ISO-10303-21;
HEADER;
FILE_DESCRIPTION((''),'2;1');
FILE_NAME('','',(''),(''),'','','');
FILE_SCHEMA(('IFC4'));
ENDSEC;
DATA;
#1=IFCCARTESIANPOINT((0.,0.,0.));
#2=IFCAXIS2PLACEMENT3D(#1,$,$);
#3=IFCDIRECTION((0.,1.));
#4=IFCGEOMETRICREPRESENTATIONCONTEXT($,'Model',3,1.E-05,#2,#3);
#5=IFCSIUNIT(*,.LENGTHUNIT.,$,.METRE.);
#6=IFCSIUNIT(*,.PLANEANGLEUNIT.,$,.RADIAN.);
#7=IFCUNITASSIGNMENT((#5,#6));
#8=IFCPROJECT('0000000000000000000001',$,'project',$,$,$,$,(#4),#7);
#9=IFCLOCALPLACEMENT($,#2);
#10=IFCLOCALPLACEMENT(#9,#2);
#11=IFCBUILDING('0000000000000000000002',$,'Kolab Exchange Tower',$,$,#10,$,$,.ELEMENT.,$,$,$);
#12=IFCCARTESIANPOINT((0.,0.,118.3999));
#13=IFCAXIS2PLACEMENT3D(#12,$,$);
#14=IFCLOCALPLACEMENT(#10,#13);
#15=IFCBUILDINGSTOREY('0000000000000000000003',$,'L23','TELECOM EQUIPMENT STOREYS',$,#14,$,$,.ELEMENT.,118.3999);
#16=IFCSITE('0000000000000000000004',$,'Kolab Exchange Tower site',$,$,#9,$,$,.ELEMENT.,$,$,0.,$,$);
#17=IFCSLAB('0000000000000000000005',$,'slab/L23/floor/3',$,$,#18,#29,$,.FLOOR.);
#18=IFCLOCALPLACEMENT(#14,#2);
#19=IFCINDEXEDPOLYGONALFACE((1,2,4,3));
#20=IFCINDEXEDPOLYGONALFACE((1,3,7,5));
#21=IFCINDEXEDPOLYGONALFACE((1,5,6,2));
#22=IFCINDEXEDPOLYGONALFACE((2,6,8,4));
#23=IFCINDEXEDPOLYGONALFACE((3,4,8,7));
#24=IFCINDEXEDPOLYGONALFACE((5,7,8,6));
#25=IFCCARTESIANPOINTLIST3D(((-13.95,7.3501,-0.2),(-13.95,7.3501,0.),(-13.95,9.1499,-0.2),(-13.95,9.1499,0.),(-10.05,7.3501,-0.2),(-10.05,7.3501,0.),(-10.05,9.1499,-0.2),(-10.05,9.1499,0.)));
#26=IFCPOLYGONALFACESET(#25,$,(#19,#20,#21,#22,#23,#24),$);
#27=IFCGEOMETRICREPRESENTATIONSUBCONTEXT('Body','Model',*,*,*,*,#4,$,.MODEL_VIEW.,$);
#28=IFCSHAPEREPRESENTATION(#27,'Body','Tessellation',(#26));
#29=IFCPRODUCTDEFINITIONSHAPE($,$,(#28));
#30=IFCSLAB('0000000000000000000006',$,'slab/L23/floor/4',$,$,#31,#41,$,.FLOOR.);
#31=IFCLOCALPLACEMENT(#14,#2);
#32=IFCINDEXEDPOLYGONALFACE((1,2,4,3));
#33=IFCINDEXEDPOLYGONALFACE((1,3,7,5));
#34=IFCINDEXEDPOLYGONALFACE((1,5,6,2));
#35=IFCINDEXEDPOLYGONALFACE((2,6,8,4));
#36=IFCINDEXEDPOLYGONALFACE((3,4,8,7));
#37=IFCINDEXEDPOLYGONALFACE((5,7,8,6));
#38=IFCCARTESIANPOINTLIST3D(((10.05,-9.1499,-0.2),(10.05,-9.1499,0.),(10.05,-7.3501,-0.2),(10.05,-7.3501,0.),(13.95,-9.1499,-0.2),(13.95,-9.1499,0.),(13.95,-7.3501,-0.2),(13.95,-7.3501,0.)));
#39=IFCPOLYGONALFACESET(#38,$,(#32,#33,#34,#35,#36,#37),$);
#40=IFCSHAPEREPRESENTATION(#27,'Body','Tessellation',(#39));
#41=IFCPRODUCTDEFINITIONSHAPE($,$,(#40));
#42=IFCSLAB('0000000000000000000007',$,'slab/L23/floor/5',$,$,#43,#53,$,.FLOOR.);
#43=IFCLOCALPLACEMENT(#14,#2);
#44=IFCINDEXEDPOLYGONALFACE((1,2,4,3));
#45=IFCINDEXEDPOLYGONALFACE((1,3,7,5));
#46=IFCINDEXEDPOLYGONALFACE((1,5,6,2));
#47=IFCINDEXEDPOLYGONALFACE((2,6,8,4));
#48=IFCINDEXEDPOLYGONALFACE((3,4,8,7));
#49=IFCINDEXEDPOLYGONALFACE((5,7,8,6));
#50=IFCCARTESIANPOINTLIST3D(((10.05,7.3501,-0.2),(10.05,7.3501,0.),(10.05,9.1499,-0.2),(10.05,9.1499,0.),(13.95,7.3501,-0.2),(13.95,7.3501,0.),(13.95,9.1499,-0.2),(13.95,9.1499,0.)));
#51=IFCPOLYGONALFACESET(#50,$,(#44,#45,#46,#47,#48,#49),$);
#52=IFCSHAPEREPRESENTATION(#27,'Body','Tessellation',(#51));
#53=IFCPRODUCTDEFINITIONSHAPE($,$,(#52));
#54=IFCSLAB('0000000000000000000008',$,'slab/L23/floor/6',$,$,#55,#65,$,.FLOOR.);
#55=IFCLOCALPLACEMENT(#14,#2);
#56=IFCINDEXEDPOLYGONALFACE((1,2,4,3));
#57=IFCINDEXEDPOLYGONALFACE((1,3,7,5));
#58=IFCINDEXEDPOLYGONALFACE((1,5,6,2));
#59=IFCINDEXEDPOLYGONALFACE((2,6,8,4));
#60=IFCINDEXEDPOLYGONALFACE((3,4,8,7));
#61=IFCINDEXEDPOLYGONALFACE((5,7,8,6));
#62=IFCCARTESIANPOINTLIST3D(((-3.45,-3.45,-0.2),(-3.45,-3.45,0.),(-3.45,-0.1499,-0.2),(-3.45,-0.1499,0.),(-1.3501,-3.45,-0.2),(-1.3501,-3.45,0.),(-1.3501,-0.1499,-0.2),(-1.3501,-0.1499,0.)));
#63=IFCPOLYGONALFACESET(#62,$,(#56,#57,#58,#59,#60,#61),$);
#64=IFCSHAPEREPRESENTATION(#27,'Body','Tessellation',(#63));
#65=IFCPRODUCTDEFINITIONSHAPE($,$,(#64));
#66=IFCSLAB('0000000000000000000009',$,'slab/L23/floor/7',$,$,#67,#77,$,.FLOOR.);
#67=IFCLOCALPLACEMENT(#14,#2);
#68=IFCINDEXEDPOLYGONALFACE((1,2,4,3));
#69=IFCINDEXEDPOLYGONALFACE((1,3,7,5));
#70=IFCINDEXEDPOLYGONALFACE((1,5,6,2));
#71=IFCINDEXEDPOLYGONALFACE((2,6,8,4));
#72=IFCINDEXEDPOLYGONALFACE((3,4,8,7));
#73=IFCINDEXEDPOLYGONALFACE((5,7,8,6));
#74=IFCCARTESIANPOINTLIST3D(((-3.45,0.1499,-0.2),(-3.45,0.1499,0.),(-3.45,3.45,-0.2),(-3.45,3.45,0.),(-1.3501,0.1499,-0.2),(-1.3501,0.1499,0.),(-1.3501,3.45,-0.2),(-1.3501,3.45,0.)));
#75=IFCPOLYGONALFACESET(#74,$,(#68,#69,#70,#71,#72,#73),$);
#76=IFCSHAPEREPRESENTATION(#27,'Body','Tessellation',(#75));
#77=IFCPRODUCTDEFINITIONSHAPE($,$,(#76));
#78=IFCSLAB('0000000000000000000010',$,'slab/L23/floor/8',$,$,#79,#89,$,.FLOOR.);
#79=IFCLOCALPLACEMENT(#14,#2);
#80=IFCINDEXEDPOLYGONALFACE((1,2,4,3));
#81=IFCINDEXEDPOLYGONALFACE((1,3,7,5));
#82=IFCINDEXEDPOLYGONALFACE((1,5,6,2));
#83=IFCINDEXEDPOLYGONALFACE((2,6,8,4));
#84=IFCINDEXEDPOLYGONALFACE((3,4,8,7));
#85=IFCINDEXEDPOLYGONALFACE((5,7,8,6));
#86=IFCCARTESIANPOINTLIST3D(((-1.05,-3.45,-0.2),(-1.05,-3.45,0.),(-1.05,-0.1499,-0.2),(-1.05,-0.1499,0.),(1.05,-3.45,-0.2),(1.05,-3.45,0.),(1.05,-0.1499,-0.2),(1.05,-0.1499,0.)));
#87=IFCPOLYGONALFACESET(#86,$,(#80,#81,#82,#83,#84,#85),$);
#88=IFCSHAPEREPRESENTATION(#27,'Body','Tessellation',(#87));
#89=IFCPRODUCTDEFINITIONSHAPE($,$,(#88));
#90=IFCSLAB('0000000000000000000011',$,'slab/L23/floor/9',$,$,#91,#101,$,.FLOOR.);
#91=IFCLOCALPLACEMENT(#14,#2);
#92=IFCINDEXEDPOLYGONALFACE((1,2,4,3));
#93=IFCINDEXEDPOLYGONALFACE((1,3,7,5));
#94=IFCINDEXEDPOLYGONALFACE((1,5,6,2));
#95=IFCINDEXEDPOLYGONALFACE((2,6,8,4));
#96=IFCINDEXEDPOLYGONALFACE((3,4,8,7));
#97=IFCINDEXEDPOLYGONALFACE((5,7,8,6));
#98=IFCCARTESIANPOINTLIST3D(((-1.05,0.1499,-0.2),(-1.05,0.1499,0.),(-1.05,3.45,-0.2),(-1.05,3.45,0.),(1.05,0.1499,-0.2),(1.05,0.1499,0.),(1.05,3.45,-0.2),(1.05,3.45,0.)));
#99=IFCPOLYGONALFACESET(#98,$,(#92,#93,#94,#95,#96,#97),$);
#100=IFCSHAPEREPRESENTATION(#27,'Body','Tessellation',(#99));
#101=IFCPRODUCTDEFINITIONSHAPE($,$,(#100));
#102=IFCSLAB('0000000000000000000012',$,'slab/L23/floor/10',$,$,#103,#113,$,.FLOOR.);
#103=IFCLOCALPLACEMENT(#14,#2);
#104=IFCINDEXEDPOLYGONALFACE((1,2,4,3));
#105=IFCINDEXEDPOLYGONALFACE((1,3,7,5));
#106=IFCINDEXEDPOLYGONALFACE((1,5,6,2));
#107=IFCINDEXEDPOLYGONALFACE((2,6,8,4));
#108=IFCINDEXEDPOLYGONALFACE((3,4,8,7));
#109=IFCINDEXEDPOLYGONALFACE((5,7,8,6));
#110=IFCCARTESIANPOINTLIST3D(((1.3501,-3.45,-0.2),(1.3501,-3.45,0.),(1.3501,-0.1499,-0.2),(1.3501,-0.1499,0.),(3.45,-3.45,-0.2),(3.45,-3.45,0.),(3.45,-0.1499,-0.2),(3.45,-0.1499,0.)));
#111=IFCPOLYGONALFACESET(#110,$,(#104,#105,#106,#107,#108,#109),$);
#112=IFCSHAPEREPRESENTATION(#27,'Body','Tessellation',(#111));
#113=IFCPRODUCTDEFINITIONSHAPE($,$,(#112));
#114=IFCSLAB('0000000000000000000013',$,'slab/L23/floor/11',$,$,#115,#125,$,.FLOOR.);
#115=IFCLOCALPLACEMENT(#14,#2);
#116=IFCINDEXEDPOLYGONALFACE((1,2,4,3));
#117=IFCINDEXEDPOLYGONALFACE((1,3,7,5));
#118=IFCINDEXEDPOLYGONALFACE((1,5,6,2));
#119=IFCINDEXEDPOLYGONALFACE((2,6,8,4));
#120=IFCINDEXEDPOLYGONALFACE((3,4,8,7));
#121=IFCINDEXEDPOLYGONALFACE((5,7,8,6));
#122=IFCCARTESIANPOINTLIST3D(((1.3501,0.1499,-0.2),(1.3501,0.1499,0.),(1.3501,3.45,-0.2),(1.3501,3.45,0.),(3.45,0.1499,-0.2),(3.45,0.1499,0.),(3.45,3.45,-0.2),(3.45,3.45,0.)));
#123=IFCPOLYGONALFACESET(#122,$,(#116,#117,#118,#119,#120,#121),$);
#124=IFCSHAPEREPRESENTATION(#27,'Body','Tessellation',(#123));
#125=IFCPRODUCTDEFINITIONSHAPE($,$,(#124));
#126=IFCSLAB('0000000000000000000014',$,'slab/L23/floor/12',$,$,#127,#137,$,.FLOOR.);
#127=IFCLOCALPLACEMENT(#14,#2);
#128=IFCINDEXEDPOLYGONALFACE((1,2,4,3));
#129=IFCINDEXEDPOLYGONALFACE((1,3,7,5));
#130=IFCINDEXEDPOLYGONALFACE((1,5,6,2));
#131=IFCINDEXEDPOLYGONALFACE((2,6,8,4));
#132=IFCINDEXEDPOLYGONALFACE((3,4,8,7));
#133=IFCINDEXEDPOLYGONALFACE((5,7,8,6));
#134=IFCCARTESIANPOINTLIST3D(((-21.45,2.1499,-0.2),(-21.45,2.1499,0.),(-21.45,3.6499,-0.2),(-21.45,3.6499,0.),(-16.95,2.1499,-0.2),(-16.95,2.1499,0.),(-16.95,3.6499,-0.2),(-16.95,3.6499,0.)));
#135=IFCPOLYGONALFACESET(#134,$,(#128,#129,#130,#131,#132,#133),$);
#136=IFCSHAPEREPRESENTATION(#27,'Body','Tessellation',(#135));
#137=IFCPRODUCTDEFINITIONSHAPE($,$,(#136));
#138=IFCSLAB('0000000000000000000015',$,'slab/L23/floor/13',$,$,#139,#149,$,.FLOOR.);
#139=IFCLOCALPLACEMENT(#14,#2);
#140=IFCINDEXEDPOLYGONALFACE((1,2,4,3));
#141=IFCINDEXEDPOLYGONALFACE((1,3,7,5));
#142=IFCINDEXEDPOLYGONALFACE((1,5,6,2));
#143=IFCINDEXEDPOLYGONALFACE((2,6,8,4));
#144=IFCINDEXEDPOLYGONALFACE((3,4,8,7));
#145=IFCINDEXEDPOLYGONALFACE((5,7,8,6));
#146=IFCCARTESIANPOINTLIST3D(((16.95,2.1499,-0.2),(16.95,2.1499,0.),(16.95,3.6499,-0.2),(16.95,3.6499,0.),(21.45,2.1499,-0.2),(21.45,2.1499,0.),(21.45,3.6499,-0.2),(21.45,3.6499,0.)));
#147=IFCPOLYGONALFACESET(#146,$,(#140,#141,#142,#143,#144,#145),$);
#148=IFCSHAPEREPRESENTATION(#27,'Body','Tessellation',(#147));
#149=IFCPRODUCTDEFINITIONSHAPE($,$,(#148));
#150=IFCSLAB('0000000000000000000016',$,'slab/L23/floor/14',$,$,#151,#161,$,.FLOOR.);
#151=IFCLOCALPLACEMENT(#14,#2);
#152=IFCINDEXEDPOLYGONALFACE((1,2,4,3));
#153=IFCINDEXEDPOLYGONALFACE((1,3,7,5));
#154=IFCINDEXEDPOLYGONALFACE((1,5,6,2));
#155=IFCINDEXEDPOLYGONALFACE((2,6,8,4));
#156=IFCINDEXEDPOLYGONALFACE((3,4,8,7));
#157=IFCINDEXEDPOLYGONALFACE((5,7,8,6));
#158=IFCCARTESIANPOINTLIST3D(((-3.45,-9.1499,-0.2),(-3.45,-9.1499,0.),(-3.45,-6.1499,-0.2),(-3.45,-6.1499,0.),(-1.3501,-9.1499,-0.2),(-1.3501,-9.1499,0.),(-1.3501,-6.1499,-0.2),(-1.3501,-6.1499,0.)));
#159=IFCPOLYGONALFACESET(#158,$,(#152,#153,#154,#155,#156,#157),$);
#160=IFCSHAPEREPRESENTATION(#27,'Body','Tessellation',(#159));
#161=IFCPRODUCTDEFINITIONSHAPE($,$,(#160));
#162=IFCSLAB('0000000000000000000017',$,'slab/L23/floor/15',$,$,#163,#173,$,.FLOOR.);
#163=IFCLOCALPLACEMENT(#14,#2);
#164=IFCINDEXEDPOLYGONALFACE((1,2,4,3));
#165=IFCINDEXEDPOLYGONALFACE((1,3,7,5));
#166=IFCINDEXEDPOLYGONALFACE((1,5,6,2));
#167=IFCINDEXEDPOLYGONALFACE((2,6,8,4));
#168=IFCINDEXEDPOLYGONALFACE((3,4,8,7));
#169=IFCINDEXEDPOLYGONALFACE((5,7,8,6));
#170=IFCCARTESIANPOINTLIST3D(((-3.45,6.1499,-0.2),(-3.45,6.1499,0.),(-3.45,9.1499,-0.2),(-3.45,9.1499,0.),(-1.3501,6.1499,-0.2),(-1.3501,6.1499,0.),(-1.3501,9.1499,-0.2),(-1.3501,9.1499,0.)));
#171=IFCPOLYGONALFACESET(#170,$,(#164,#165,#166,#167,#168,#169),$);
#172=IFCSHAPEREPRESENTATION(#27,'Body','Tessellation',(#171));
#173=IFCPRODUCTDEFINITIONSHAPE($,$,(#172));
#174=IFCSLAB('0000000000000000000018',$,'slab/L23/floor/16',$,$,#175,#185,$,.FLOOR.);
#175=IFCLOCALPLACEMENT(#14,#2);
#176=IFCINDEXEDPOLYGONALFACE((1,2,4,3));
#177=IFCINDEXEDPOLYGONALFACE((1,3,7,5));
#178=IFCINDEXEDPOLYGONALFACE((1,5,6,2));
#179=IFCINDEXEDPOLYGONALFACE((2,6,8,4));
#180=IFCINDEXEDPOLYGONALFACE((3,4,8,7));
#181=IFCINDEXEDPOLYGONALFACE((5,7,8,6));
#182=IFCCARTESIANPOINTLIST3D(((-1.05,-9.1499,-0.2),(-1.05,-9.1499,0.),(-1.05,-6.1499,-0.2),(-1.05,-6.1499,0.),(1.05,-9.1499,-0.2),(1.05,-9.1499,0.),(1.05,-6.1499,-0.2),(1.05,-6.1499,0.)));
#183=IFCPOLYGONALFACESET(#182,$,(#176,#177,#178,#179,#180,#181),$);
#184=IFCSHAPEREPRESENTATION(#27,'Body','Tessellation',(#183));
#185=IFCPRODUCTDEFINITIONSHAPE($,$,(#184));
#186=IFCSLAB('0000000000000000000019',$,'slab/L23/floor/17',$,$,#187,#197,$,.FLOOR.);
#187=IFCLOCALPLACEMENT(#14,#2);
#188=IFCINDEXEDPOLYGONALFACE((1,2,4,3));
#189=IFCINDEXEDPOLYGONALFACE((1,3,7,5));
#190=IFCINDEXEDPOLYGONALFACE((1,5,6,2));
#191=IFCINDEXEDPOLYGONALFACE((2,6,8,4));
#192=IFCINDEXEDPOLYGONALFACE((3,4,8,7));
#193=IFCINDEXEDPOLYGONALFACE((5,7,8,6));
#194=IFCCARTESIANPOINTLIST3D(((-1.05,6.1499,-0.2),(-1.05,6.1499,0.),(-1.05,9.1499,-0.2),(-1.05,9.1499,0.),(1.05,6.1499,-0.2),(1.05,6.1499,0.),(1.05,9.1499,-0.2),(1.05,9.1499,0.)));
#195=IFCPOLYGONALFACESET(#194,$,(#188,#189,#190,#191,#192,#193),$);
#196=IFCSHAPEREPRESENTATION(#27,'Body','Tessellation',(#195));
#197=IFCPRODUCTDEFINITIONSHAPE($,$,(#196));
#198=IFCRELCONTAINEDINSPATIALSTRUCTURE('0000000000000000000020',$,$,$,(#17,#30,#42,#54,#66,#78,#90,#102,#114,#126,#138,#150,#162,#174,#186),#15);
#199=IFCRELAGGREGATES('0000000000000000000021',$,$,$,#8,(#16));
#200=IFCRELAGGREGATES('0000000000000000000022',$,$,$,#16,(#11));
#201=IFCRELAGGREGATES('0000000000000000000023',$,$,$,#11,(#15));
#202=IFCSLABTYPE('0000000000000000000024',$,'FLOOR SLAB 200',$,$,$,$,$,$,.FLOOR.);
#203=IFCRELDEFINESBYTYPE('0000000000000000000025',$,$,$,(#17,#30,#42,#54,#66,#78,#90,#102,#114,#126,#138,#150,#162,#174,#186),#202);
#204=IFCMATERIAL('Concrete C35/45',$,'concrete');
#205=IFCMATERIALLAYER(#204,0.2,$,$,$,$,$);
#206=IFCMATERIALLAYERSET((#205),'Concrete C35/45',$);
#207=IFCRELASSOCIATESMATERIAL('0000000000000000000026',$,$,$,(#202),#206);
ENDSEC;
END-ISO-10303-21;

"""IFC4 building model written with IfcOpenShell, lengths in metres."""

from ifc_helpers import new_model, si_unit, direction, frame, origin, place, context, subcontext, project, spatial, polyline, outline, extrude, material, layer, layer_set, type_object, element, save


model = new_model("IFC4")

# Units and contexts
model_context = context("Model", 3, precision=1e-05, world=origin(), true_north=direction((0.0, 1.0)))
body_context = subcontext(model_context, "Body", "Model", "MODEL_VIEW")
ifc_project = project(units=[si_unit("LENGTHUNIT", "METRE"), si_unit("PLANEANGLEUNIT", "RADIAN")], contexts=[model_context])

# Site, building, storey
site_placement = place(None, origin())
site = spatial("IfcSite", under=ifc_project, at=site_placement, Name="Kolab Exchange Tower site", CompositionType="ELEMENT", RefElevation=0.0)
building_placement = place(site_placement, origin())
building = spatial("IfcBuilding", under=site, at=building_placement, Name="Kolab Exchange Tower", CompositionType="ELEMENT")
storey_placement = place(building_placement, frame((0.0, 0.0, 118.3999)))
storey = spatial("IfcBuildingStorey", under=building, at=storey_placement, Name="L23", Description="TELECOM EQUIPMENT STOREYS", CompositionType="ELEMENT", Elevation=118.3999)

# Slabs
ifc_material = material(Name="Concrete C35/45", Category="concrete")
ifc_layer = layer(ifc_material, 0.2)
ifc_layer_set = layer_set([ifc_layer], Name="Concrete C35/45")
slab_type = type_object("IfcSlabType", Name="FLOOR SLAB 200", PredefinedType="FLOOR", material=ifc_layer_set)
slab_1_placement = place(storey_placement, frame((0.0, 0.0, -0.2)))
element("IfcSlab", 1, at=slab_1_placement, inside=storey, type_object=slab_type, Name="slab/L23/floor/3", PredefinedType="FLOOR", context=body_context, shape_type="SweptSolid", body=[
    extrude(outline(polyline([(-10.05, 9.1499), (-13.95, 9.1499), (-13.95, 7.3501), (-10.05, 7.3501), (-10.05, 9.1499)])), origin(), (0.0, 0.0, 1.0), 0.2),
])
slab_2_placement = place(storey_placement, frame((0.0, 0.0, -0.2)))
element("IfcSlab", 2, at=slab_2_placement, inside=storey, type_object=slab_type, Name="slab/L23/floor/4", PredefinedType="FLOOR", context=body_context, shape_type="SweptSolid", body=[
    extrude(outline(polyline([(10.05, -9.1499), (13.95, -9.1499), (13.95, -7.3501), (10.05, -7.3501), (10.05, -9.1499)])), origin(), (0.0, 0.0, 1.0), 0.2),
])
slab_3_placement = place(storey_placement, frame((0.0, 0.0, -0.2)))
element("IfcSlab", 3, at=slab_3_placement, inside=storey, type_object=slab_type, Name="slab/L23/floor/5", PredefinedType="FLOOR", context=body_context, shape_type="SweptSolid", body=[
    extrude(outline(polyline([(13.95, 9.1499), (10.05, 9.1499), (10.05, 7.3501), (13.95, 7.3501), (13.95, 9.1499)])), origin(), (0.0, 0.0, 1.0), 0.2),
])
slab_4_placement = place(storey_placement, frame((0.0, 0.0, -0.2)))
element("IfcSlab", 4, at=slab_4_placement, inside=storey, type_object=slab_type, Name="slab/L23/floor/6", PredefinedType="FLOOR", context=body_context, shape_type="SweptSolid", body=[
    extrude(outline(polyline([(-1.3501, -3.45), (-1.3501, -0.1499), (-3.45, -0.1499), (-3.45, -3.45), (-1.3501, -3.45)])), origin(), (0.0, 0.0, 1.0), 0.2),
])
slab_5_placement = place(storey_placement, frame((0.0, 0.0, -0.2)))
element("IfcSlab", 5, at=slab_5_placement, inside=storey, type_object=slab_type, Name="slab/L23/floor/7", PredefinedType="FLOOR", context=body_context, shape_type="SweptSolid", body=[
    extrude(outline(polyline([(-1.3501, 0.1499), (-1.3501, 3.45), (-3.45, 3.45), (-3.45, 0.1499), (-1.3501, 0.1499)])), origin(), (0.0, 0.0, 1.0), 0.2),
])
slab_6_placement = place(storey_placement, frame((0.0, 0.0, -0.2)))
element("IfcSlab", 6, at=slab_6_placement, inside=storey, type_object=slab_type, Name="slab/L23/floor/8", PredefinedType="FLOOR", context=body_context, shape_type="SweptSolid", body=[
    extrude(outline(polyline([(-1.05, -0.1499), (-1.05, -3.45), (1.05, -3.45), (1.05, -0.1499), (-1.05, -0.1499)])), origin(), (0.0, 0.0, 1.0), 0.2),
])
slab_7_placement = place(storey_placement, frame((0.0, 0.0, -0.2)))
element("IfcSlab", 7, at=slab_7_placement, inside=storey, type_object=slab_type, Name="slab/L23/floor/9", PredefinedType="FLOOR", context=body_context, shape_type="SweptSolid", body=[
    extrude(outline(polyline([(-1.05, 3.45), (-1.05, 0.1499), (1.05, 0.1499), (1.05, 3.45), (-1.05, 3.45)])), origin(), (0.0, 0.0, 1.0), 0.2),
])
slab_8_placement = place(storey_placement, frame((0.0, 0.0, -0.2)))
element("IfcSlab", 8, at=slab_8_placement, inside=storey, type_object=slab_type, Name="slab/L23/floor/10", PredefinedType="FLOOR", context=body_context, shape_type="SweptSolid", body=[
    extrude(outline(polyline([(1.3501, -3.45), (3.45, -3.45), (3.45, -0.1499), (1.3501, -0.1499), (1.3501, -3.45)])), origin(), (0.0, 0.0, 1.0), 0.2),
])
slab_9_placement = place(storey_placement, frame((0.0, 0.0, -0.2)))
element("IfcSlab", 9, at=slab_9_placement, inside=storey, type_object=slab_type, Name="slab/L23/floor/11", PredefinedType="FLOOR", context=body_context, shape_type="SweptSolid", body=[
    extrude(outline(polyline([(1.3501, 0.1499), (3.45, 0.1499), (3.45, 3.45), (1.3501, 3.45), (1.3501, 0.1499)])), origin(), (0.0, 0.0, 1.0), 0.2),
])
slab_10_placement = place(storey_placement, frame((0.0, 0.0, -0.2)))
element("IfcSlab", 10, at=slab_10_placement, inside=storey, type_object=slab_type, Name="slab/L23/floor/12", PredefinedType="FLOOR", context=body_context, shape_type="SweptSolid", body=[
    extrude(outline(polyline([(-21.45, 3.6499), (-21.45, 2.1499), (-16.95, 2.1499), (-16.95, 3.6499), (-21.45, 3.6499)])), origin(), (0.0, 0.0, 1.0), 0.2),
])
slab_11_placement = place(storey_placement, frame((0.0, 0.0, -0.2)))
element("IfcSlab", 11, at=slab_11_placement, inside=storey, type_object=slab_type, Name="slab/L23/floor/13", PredefinedType="FLOOR", context=body_context, shape_type="SweptSolid", body=[
    extrude(outline(polyline([(21.45, 3.6499), (16.95, 3.6499), (16.95, 2.1499), (21.45, 2.1499), (21.45, 3.6499)])), origin(), (0.0, 0.0, 1.0), 0.2),
])
slab_12_placement = place(storey_placement, frame((0.0, 0.0, -0.2)))
element("IfcSlab", 12, at=slab_12_placement, inside=storey, type_object=slab_type, Name="slab/L23/floor/14", PredefinedType="FLOOR", context=body_context, shape_type="SweptSolid", body=[
    extrude(outline(polyline([(-1.3501, -6.1499), (-3.45, -6.1499), (-3.45, -9.1499), (-1.3501, -9.1499), (-1.3501, -6.1499)])), origin(), (0.0, 0.0, 1.0), 0.2),
])
slab_13_placement = place(storey_placement, frame((0.0, 0.0, -0.2)))
element("IfcSlab", 13, at=slab_13_placement, inside=storey, type_object=slab_type, Name="slab/L23/floor/15", PredefinedType="FLOOR", context=body_context, shape_type="SweptSolid", body=[
    extrude(outline(polyline([(-1.3501, 6.1499), (-1.3501, 9.1499), (-3.45, 9.1499), (-3.45, 6.1499), (-1.3501, 6.1499)])), origin(), (0.0, 0.0, 1.0), 0.2),
])
slab_14_placement = place(storey_placement, frame((0.0, 0.0, -0.2)))
element("IfcSlab", 14, at=slab_14_placement, inside=storey, type_object=slab_type, Name="slab/L23/floor/16", PredefinedType="FLOOR", context=body_context, shape_type="SweptSolid", body=[
    extrude(outline(polyline([(1.05, -6.1499), (-1.05, -6.1499), (-1.05, -9.1499), (1.05, -9.1499), (1.05, -6.1499)])), origin(), (0.0, 0.0, 1.0), 0.2),
])
slab_15_placement = place(storey_placement, frame((0.0, 0.0, -0.2)))
element("IfcSlab", 15, at=slab_15_placement, inside=storey, type_object=slab_type, Name="slab/L23/floor/17", PredefinedType="FLOOR", context=body_context, shape_type="SweptSolid", body=[
    extrude(outline(polyline([(-1.05, 9.1499), (-1.05, 6.1499), (1.05, 6.1499), (1.05, 9.1499), (-1.05, 9.1499)])), origin(), (0.0, 0.0, 1.0), 0.2),
])

save(model, "model.ifc")
